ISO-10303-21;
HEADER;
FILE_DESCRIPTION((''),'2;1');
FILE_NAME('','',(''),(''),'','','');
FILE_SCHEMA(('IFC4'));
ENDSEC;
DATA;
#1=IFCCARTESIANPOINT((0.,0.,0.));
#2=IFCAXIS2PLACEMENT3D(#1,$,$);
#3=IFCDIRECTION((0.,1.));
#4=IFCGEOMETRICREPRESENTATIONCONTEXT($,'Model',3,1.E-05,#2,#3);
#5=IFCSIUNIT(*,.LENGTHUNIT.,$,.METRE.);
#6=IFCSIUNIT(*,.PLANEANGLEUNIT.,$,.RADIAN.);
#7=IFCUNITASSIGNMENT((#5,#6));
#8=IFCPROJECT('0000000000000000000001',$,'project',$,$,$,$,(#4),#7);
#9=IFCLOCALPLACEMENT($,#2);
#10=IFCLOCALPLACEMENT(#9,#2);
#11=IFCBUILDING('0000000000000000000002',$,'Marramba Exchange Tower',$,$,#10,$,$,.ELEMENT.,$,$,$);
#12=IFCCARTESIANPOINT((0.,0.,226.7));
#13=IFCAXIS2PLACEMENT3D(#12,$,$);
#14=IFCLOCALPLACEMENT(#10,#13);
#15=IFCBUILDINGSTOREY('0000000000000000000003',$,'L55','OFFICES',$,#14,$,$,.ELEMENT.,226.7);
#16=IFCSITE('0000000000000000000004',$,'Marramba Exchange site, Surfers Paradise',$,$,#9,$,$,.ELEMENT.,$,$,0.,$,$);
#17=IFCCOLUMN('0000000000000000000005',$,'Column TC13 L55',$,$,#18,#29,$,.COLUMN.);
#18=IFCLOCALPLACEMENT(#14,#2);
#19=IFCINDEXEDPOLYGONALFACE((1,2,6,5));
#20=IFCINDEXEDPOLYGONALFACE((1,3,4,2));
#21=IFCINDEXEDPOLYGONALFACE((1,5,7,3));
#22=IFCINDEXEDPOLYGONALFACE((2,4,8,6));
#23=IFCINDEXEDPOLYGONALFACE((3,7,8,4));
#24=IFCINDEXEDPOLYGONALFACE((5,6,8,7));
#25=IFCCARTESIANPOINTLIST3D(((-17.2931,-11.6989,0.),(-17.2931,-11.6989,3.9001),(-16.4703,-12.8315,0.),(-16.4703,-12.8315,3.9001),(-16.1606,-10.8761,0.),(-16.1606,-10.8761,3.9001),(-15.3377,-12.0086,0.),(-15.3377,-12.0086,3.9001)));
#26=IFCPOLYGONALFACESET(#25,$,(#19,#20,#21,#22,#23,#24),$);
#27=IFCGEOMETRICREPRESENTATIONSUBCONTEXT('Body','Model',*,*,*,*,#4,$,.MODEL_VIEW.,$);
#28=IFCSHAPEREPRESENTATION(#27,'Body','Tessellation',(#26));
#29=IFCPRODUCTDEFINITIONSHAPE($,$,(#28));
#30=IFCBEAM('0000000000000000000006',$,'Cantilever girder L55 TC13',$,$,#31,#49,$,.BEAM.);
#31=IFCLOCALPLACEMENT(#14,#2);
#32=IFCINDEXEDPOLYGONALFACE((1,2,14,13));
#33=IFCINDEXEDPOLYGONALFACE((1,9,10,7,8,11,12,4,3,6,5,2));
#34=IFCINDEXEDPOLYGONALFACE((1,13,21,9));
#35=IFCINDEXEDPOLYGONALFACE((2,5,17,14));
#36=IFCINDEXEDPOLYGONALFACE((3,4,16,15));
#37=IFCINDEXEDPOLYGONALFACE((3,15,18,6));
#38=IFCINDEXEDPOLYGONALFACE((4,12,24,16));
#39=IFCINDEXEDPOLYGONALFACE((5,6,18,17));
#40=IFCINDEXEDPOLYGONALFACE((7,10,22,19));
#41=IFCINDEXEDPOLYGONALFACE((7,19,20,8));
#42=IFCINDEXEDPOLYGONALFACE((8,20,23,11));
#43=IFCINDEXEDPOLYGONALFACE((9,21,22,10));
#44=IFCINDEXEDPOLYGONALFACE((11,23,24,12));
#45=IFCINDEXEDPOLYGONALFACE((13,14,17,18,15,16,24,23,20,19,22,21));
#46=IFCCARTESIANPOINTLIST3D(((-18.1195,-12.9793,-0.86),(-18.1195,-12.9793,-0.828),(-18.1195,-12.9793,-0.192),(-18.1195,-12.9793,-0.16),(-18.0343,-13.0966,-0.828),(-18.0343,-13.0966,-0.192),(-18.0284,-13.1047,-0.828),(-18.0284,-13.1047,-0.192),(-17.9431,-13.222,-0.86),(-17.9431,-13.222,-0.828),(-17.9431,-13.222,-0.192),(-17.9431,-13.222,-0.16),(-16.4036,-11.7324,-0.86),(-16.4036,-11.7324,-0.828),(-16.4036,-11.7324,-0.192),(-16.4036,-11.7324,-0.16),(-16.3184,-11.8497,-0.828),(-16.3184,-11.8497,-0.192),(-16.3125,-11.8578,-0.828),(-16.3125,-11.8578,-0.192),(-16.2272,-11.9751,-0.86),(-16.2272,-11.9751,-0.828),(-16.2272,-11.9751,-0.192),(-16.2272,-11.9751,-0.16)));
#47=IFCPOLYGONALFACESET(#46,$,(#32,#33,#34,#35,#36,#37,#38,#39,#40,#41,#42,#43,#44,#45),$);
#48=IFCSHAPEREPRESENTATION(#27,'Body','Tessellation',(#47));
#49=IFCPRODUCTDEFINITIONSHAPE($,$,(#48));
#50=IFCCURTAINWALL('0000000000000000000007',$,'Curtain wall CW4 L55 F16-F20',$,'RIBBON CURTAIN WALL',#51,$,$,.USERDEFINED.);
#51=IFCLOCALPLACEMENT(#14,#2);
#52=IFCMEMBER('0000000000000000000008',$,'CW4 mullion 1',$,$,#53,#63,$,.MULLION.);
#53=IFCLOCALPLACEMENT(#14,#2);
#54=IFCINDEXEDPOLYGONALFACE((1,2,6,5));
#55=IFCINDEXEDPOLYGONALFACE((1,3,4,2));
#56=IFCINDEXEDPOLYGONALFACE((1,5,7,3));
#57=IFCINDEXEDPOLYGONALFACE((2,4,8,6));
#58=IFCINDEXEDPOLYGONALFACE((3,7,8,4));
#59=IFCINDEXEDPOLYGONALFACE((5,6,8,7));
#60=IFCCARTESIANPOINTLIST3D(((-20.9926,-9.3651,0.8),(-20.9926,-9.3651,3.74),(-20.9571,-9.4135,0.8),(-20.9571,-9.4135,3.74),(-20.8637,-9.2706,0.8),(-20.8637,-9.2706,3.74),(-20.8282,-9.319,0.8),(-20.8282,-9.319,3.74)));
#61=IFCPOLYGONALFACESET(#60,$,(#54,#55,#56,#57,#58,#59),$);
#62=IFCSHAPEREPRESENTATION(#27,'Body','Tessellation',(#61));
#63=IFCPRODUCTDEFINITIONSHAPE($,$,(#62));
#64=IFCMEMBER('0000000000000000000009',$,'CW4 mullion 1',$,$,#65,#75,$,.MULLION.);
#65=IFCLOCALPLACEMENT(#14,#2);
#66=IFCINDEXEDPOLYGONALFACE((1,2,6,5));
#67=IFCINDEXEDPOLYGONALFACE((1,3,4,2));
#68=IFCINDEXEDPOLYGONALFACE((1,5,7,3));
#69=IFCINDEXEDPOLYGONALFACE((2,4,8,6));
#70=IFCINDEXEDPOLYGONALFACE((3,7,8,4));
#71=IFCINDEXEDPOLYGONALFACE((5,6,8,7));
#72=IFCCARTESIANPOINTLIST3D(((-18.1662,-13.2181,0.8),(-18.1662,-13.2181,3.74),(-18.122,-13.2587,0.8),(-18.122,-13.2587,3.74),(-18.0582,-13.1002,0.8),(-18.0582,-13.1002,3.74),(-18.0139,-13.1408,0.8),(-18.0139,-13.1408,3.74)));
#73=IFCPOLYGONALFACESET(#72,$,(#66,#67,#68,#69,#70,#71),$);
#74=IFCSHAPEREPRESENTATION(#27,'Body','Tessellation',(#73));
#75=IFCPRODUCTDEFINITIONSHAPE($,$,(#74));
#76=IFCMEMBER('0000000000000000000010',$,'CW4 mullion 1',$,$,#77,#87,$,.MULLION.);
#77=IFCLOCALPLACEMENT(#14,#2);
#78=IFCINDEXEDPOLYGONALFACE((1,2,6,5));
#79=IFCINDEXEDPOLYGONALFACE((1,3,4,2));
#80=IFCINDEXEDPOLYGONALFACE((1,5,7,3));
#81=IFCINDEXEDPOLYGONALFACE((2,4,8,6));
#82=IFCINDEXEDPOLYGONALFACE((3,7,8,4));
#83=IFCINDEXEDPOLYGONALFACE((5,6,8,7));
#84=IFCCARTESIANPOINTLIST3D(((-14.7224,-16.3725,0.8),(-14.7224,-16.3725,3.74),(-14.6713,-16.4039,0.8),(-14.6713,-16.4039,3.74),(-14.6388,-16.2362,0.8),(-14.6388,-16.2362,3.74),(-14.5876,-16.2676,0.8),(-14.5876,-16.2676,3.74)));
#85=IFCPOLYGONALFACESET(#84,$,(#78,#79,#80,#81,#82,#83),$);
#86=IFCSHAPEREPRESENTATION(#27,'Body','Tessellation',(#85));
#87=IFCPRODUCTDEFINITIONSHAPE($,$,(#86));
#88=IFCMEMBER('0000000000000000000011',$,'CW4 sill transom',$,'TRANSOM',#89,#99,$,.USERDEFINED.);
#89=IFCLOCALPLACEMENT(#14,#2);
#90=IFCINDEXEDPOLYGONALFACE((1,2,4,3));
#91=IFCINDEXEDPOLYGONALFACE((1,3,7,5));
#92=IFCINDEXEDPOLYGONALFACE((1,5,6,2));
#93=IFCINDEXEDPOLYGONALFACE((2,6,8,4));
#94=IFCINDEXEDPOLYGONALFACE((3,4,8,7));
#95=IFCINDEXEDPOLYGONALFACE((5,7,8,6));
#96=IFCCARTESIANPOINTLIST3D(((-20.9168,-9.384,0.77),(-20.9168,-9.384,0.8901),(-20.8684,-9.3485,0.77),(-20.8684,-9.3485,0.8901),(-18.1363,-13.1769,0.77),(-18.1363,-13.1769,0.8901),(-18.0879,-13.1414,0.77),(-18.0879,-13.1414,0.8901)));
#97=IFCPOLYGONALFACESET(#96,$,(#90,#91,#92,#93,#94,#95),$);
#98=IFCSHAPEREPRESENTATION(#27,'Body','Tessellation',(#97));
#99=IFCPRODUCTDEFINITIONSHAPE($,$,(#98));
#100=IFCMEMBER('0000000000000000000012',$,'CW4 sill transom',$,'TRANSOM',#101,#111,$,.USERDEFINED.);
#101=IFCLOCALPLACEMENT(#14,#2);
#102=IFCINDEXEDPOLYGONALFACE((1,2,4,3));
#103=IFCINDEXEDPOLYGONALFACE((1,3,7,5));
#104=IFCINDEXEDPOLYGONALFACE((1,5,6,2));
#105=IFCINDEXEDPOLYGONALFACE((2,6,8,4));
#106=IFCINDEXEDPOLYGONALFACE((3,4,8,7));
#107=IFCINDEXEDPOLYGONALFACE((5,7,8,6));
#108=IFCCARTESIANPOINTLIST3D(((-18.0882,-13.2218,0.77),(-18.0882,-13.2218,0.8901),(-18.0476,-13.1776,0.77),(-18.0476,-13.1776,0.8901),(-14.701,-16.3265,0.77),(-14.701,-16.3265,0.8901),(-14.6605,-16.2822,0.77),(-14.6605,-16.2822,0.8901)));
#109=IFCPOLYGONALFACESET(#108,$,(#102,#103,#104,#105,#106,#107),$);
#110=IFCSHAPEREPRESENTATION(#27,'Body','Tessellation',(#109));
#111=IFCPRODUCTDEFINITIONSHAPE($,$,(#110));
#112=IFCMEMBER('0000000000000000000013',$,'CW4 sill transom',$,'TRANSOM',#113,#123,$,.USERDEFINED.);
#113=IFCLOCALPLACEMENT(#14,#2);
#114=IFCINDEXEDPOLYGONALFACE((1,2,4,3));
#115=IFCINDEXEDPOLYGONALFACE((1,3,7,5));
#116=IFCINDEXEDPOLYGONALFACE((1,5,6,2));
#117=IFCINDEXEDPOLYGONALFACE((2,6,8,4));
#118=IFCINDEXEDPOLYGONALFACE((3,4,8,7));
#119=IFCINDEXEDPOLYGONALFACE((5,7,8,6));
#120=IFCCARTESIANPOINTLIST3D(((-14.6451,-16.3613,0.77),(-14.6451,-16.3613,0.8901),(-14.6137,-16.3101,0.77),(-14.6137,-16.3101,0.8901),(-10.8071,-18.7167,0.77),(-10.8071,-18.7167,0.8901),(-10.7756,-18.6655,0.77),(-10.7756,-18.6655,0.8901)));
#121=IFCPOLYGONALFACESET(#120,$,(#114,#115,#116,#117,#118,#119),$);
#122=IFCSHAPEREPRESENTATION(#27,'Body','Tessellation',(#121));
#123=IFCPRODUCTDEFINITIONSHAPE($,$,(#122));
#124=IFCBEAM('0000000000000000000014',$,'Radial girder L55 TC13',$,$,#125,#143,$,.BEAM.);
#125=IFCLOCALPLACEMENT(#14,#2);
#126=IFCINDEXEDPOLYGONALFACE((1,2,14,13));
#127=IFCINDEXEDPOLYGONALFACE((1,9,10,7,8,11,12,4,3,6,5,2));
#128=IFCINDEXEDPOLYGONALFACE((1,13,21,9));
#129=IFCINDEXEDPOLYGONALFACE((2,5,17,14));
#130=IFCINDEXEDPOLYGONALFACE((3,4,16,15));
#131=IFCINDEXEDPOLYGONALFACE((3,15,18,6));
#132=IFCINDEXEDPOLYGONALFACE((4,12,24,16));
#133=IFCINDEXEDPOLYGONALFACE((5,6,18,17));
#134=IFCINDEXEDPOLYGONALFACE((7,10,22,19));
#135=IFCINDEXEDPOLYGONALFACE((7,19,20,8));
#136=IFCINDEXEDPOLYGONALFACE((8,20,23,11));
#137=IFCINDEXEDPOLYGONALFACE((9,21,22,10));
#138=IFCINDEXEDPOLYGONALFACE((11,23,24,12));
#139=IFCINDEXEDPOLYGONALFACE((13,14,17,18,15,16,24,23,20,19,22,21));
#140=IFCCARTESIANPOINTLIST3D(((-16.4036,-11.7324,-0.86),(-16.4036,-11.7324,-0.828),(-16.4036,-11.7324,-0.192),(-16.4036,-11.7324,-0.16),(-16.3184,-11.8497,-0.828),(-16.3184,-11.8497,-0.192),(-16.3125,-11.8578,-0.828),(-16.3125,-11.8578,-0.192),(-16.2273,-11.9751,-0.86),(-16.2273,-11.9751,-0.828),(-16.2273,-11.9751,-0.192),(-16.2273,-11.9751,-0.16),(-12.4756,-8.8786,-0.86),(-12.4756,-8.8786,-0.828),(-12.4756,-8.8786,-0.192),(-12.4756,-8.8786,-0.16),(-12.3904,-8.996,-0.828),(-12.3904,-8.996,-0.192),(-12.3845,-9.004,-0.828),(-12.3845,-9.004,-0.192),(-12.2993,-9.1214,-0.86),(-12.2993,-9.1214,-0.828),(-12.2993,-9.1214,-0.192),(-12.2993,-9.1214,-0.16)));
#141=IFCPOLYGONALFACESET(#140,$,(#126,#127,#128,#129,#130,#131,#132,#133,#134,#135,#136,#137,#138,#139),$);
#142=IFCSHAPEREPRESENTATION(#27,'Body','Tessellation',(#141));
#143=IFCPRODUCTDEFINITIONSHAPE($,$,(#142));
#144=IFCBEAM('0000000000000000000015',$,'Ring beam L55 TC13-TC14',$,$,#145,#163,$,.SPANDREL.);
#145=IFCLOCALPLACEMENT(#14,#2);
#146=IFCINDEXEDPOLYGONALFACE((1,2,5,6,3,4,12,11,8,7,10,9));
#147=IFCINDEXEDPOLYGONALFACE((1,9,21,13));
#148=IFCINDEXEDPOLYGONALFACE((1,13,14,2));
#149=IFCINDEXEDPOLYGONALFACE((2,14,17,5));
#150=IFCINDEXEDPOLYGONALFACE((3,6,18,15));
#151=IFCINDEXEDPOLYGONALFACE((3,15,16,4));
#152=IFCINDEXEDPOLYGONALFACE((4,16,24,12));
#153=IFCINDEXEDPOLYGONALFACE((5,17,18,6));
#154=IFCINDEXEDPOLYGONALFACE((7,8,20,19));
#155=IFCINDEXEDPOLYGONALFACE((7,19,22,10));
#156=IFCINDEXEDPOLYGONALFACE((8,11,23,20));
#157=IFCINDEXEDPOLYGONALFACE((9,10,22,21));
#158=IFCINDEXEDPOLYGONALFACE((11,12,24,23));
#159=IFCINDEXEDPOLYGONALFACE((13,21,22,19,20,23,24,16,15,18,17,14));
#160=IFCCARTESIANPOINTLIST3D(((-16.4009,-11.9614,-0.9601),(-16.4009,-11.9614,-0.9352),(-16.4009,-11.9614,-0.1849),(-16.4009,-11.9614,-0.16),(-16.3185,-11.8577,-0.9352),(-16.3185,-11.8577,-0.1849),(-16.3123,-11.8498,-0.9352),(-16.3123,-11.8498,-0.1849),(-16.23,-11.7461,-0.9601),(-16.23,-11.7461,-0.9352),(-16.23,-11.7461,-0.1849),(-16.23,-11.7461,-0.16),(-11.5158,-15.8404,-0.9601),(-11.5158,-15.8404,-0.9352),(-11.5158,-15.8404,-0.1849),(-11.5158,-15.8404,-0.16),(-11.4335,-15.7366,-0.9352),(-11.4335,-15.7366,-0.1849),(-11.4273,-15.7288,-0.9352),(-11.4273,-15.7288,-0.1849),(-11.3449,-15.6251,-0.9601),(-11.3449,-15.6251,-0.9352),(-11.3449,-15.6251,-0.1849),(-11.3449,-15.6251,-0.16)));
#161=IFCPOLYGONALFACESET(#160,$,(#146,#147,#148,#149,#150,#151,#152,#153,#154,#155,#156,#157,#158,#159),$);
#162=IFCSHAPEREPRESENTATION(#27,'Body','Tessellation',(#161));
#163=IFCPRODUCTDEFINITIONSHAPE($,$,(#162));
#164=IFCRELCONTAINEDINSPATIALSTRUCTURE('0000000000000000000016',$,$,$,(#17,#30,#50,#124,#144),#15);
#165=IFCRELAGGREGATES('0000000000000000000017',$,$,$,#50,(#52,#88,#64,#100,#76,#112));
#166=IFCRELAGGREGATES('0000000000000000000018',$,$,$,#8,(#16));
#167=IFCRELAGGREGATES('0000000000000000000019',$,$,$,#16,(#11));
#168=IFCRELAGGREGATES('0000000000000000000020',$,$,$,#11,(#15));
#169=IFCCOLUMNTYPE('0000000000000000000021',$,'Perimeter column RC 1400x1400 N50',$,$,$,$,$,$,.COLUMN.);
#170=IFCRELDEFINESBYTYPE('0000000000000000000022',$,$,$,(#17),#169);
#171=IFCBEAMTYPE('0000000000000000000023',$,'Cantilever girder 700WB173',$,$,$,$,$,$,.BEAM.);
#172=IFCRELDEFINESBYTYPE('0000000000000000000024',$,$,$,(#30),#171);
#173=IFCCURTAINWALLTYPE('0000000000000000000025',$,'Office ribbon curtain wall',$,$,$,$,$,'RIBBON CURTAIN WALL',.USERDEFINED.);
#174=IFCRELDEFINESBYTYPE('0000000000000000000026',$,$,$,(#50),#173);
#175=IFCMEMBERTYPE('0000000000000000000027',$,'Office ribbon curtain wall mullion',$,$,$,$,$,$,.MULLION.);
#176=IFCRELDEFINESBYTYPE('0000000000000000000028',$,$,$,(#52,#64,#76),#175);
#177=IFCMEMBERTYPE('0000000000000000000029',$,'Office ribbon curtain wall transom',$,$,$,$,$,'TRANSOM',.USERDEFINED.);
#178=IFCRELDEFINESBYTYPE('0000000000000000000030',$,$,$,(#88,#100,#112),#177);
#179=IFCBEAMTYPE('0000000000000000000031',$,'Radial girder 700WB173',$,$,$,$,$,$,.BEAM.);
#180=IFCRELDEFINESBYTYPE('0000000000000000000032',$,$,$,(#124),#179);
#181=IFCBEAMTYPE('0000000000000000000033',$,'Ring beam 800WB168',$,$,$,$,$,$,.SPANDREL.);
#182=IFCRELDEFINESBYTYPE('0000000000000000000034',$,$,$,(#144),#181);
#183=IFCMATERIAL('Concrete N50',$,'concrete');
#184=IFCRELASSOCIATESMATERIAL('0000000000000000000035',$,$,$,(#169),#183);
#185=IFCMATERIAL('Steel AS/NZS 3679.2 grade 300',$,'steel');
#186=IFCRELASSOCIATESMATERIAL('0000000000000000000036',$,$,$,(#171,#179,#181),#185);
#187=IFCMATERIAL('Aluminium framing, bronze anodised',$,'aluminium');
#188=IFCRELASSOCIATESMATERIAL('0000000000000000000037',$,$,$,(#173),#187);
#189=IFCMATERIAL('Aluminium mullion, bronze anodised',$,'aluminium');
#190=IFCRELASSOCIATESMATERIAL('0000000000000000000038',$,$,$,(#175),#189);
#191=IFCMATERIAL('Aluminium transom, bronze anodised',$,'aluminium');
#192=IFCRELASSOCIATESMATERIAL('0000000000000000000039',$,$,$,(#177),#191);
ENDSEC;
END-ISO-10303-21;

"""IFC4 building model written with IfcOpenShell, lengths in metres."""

from ifc_helpers import new_model, si_unit, direction, frame, origin, origin_2d, place, context, subcontext, project, spatial, rectangle, i_section, extrude, material, material_profile, profile_set, type_object, element, aggregate, save


model = new_model("IFC4")

# Units and contexts
model_context = context("Model", 3, precision=1e-05, world=origin(), true_north=direction((0.0, 1.0)))
body_context = subcontext(model_context, "Body", "Model", "MODEL_VIEW")
ifc_project = project(units=[si_unit("LENGTHUNIT", "METRE"), si_unit("PLANEANGLEUNIT", "RADIAN")], contexts=[model_context])

# Site, building, storey
site_placement = place(None, origin())
site = spatial("IfcSite", under=ifc_project, at=site_placement, Name="Marramba Exchange site, Surfers Paradise", CompositionType="ELEMENT", RefElevation=0.0)
building_placement = place(site_placement, origin())
building = spatial("IfcBuilding", under=site, at=building_placement, Name="Marramba Exchange Tower", CompositionType="ELEMENT")
storey_placement = place(building_placement, frame((0.0, 0.0, 226.7)))
storey = spatial("IfcBuildingStorey", under=building, at=storey_placement, Name="L55", Description="OFFICES", CompositionType="ELEMENT", Elevation=226.7)

# Column
ifc_material_1 = material(Name="Concrete N50", Category="concrete")
ifc_material_profile_1 = material_profile(ifc_material_1, rectangle(XDim=1.3999, YDim=1.3999, at=origin_2d()), Name="RC 1400x1400")
ifc_profile_set_1 = profile_set([ifc_material_profile_1], Name="Concrete N50")
column_type = type_object("IfcColumnType", Name="Perimeter column RC 1400x1400 N50", PredefinedType="COLUMN", material=ifc_profile_set_1)
column_placement = place(storey_placement, frame((-16.3154, -11.8538, 0.0), z_axis=(0.0, 0.0, 1.0), x_axis=(-0.809017, -0.587785, 0.0)))
element("IfcColumn", 1, at=column_placement, inside=storey, type_object=column_type, Name="Column TC13 L55", PredefinedType="COLUMN", context=body_context, shape_type="SweptSolid", body=[
    extrude(rectangle(XDim=1.3999, YDim=1.3999, at=origin_2d()), origin(), (0.0, 0.0, 1.0), 3.9001),
])

# Beam
ifc_material_2 = material(Name="Steel AS/NZS 3679.2 grade 300", Category="steel")
ifc_material_profile_2 = material_profile(ifc_material_2, i_section(OverallWidth=0.3, OverallDepth=0.7, WebThickness=0.01, FlangeThickness=0.032, at=origin_2d()), Name="700WB173")
ifc_profile_set_2 = profile_set([ifc_material_profile_2], Name="Steel AS/NZS 3679.2 grade 300")
beam_type_1 = type_object("IfcBeamType", Name="Cantilever girder 700WB173", PredefinedType="BEAM", material=ifc_profile_set_2)
beam_1_placement = place(storey_placement, frame((-16.3154, -11.8538, -0.51), z_axis=(-0.80897, -0.58785, 0.0), x_axis=(0.58785, -0.80897, 0.0)))
element("IfcBeam", 2, at=beam_1_placement, inside=storey, type_object=beam_type_1, Name="Cantilever girder L55 TC13", PredefinedType="BEAM", context=body_context, shape_type="SweptSolid", body=[
    extrude(i_section(OverallWidth=0.3, OverallDepth=0.7, WebThickness=0.01, FlangeThickness=0.032, at=origin_2d()), origin(), (0.0, 0.0, 1.0), 2.1211),
])

# Curtain wall, members
ifc_material_3 = material(Name="Aluminium framing, bronze anodised", Category="aluminium")
curtain_wall_type = type_object("IfcCurtainWallType", Name="Office ribbon curtain wall", ElementType="RIBBON CURTAIN WALL", PredefinedType="USERDEFINED", material=ifc_material_3)
curtain_wall_placement = place(storey_placement, origin())
curtain_wall = element("IfcCurtainWall", 3, at=curtain_wall_placement, inside=storey, type_object=curtain_wall_type, Name="Curtain wall CW4 L55 F16-F20", ObjectType="RIBBON CURTAIN WALL", PredefinedType="USERDEFINED")
ifc_material_4 = material(Name="Aluminium mullion, bronze anodised", Category="aluminium")
ifc_material_profile_3 = material_profile(ifc_material_4, rectangle(XDim=0.1599, YDim=0.0601, at=origin_2d()), Name="CW4 mullion 60x160")
ifc_profile_set_3 = profile_set([ifc_material_profile_3], Name="Aluminium mullion, bronze anodised")
member_type_1 = type_object("IfcMemberType", Name="Office ribbon curtain wall mullion", PredefinedType="MULLION", material=ifc_profile_set_3)
member_1_placement = place(storey_placement, frame((-20.9104, -9.342, 0.8), z_axis=(0.0, 0.0, 1.0), x_axis=(0.806508, 0.591223, 0.0)))
member_1 = element("IfcMember", 4, at=member_1_placement, type_object=member_type_1, Name="CW4 mullion 1", PredefinedType="MULLION", context=body_context, shape_type="SweptSolid", body=[
    extrude(rectangle(XDim=0.1599, YDim=0.0601, at=origin_2d()), origin(), (0.0, 0.0, 1.0), 2.9399),
])
member_2_placement = place(storey_placement, frame((-18.0901, -13.1794, 0.8), z_axis=(0.0, 0.0, 1.0), x_axis=(0.675671, 0.737203, 0.0)))
member_2 = element("IfcMember", 5, at=member_2_placement, type_object=member_type_1, Name="CW4 mullion 1", PredefinedType="MULLION", context=body_context, shape_type="SweptSolid", body=[
    extrude(rectangle(XDim=0.1599, YDim=0.0601, at=origin_2d()), origin(), (0.0, 0.0, 1.0), 2.9399),
])
member_3_placement = place(storey_placement, frame((-14.655, -16.3201, 0.8), z_axis=(0.0, 0.0, 1.0), x_axis=(0.523052, 0.852301, 0.0)))
member_3 = element("IfcMember", 6, at=member_3_placement, type_object=member_type_1, Name="CW4 mullion 1", PredefinedType="MULLION", context=body_context, shape_type="SweptSolid", body=[
    extrude(rectangle(XDim=0.1599, YDim=0.0601, at=origin_2d()), origin(), (0.0, 0.0, 1.0), 2.9399),
])
ifc_material_5 = material(Name="Aluminium transom, bronze anodised", Category="aluminium")
ifc_material_profile_4 = material_profile(ifc_material_5, rectangle(XDim=0.0601, YDim=0.1201, at=origin_2d()), Name="CW4 transom 60x120")
ifc_profile_set_4 = profile_set([ifc_material_profile_4], Name="Aluminium transom, bronze anodised")
member_type_2 = type_object("IfcMemberType", Name="Office ribbon curtain wall transom", ElementType="TRANSOM", PredefinedType="USERDEFINED", material=ifc_profile_set_4)
member_4_placement = place(storey_placement, frame((-20.8926, -9.3662, 0.8301), z_axis=(0.591226, -0.806506, 0.0), x_axis=(0.806506, 0.591226, 0.0)))
member_4 = element("IfcMember", 7, at=member_4_placement, type_object=member_type_2, Name="CW4 sill transom", ObjectType="TRANSOM", PredefinedType="USERDEFINED", context=body_context, shape_type="SweptSolid", body=[
    extrude(rectangle(XDim=0.0601, YDim=0.1201, at=origin_2d()), origin(), (0.0, 0.0, 1.0), 4.7029),
])
member_5_placement = place(storey_placement, frame((-18.0679, -13.1997, 0.8301), z_axis=(0.737176, -0.675701, 0.0), x_axis=(0.675701, 0.737176, 0.0)))
member_5 = element("IfcMember", 8, at=member_5_placement, type_object=member_type_2, Name="CW4 sill transom", ObjectType="TRANSOM", PredefinedType="USERDEFINED", context=body_context, shape_type="SweptSolid", body=[
    extrude(rectangle(XDim=0.0601, YDim=0.1201, at=origin_2d()), origin(), (0.0, 0.0, 1.0), 4.5947),
])
member_6_placement = place(storey_placement, frame((-14.6294, -16.3357, 0.8301), z_axis=(0.852298, -0.523056, 0.0), x_axis=(0.523056, 0.852298, 0.0)))
member_6 = element("IfcMember", 9, at=member_6_placement, type_object=member_type_2, Name="CW4 sill transom", ObjectType="TRANSOM", PredefinedType="USERDEFINED", context=body_context, shape_type="SweptSolid", body=[
    extrude(rectangle(XDim=0.0601, YDim=0.1201, at=origin_2d()), origin(), (0.0, 0.0, 1.0), 4.5032),
])

# Beams
ifc_material_profile_5 = material_profile(ifc_material_2, i_section(OverallWidth=0.3, OverallDepth=0.7, WebThickness=0.01, FlangeThickness=0.032, at=origin_2d()), Name="700WB173")
ifc_profile_set_5 = profile_set([ifc_material_profile_5], Name="Steel AS/NZS 3679.2 grade 300")
beam_type_2 = type_object("IfcBeamType", Name="Radial girder 700WB173", PredefinedType="BEAM", material=ifc_profile_set_5)
beam_2_placement = place(storey_placement, frame((-12.3875, -9.0, -0.51), z_axis=(-0.809025, -0.587774, 0.0), x_axis=(0.587774, -0.809025, 0.0)))
element("IfcBeam", 10, at=beam_2_placement, inside=storey, type_object=beam_type_2, Name="Radial girder L55 TC13", PredefinedType="BEAM", context=body_context, shape_type="SweptSolid", body=[
    extrude(i_section(OverallWidth=0.3, OverallDepth=0.7, WebThickness=0.01, FlangeThickness=0.032, at=origin_2d()), origin(), (0.0, 0.0, 1.0), 4.8552),
])
ifc_material_profile_6 = material_profile(ifc_material_2, i_section(OverallWidth=0.2749, OverallDepth=0.8, WebThickness=0.01, FlangeThickness=0.0249, at=origin_2d()), Name="800WB168")
ifc_profile_set_6 = profile_set([ifc_material_profile_6], Name="Steel AS/NZS 3679.2 grade 300")
beam_type_3 = type_object("IfcBeamType", Name="Ring beam 800WB168", PredefinedType="SPANDREL", material=ifc_profile_set_6)
beam_3_placement = place(storey_placement, frame((-16.3154, -11.8538, -0.5601), z_axis=(0.783139, -0.621846, 0.0), x_axis=(0.621846, 0.783139, 0.0)))
element("IfcBeam", 11, at=beam_3_placement, inside=storey, type_object=beam_type_3, Name="Ring beam L55 TC13-TC14", PredefinedType="SPANDREL", context=body_context, shape_type="SweptSolid", body=[
    extrude(i_section(OverallWidth=0.2749, OverallDepth=0.8, WebThickness=0.01, FlangeThickness=0.0249, at=origin_2d()), origin(), (0.0, 0.0, 1.0), 6.2378),
])

aggregate(curtain_wall, [member_1, member_4, member_2, member_5, member_3, member_6])

save(model, "model.ifc")
